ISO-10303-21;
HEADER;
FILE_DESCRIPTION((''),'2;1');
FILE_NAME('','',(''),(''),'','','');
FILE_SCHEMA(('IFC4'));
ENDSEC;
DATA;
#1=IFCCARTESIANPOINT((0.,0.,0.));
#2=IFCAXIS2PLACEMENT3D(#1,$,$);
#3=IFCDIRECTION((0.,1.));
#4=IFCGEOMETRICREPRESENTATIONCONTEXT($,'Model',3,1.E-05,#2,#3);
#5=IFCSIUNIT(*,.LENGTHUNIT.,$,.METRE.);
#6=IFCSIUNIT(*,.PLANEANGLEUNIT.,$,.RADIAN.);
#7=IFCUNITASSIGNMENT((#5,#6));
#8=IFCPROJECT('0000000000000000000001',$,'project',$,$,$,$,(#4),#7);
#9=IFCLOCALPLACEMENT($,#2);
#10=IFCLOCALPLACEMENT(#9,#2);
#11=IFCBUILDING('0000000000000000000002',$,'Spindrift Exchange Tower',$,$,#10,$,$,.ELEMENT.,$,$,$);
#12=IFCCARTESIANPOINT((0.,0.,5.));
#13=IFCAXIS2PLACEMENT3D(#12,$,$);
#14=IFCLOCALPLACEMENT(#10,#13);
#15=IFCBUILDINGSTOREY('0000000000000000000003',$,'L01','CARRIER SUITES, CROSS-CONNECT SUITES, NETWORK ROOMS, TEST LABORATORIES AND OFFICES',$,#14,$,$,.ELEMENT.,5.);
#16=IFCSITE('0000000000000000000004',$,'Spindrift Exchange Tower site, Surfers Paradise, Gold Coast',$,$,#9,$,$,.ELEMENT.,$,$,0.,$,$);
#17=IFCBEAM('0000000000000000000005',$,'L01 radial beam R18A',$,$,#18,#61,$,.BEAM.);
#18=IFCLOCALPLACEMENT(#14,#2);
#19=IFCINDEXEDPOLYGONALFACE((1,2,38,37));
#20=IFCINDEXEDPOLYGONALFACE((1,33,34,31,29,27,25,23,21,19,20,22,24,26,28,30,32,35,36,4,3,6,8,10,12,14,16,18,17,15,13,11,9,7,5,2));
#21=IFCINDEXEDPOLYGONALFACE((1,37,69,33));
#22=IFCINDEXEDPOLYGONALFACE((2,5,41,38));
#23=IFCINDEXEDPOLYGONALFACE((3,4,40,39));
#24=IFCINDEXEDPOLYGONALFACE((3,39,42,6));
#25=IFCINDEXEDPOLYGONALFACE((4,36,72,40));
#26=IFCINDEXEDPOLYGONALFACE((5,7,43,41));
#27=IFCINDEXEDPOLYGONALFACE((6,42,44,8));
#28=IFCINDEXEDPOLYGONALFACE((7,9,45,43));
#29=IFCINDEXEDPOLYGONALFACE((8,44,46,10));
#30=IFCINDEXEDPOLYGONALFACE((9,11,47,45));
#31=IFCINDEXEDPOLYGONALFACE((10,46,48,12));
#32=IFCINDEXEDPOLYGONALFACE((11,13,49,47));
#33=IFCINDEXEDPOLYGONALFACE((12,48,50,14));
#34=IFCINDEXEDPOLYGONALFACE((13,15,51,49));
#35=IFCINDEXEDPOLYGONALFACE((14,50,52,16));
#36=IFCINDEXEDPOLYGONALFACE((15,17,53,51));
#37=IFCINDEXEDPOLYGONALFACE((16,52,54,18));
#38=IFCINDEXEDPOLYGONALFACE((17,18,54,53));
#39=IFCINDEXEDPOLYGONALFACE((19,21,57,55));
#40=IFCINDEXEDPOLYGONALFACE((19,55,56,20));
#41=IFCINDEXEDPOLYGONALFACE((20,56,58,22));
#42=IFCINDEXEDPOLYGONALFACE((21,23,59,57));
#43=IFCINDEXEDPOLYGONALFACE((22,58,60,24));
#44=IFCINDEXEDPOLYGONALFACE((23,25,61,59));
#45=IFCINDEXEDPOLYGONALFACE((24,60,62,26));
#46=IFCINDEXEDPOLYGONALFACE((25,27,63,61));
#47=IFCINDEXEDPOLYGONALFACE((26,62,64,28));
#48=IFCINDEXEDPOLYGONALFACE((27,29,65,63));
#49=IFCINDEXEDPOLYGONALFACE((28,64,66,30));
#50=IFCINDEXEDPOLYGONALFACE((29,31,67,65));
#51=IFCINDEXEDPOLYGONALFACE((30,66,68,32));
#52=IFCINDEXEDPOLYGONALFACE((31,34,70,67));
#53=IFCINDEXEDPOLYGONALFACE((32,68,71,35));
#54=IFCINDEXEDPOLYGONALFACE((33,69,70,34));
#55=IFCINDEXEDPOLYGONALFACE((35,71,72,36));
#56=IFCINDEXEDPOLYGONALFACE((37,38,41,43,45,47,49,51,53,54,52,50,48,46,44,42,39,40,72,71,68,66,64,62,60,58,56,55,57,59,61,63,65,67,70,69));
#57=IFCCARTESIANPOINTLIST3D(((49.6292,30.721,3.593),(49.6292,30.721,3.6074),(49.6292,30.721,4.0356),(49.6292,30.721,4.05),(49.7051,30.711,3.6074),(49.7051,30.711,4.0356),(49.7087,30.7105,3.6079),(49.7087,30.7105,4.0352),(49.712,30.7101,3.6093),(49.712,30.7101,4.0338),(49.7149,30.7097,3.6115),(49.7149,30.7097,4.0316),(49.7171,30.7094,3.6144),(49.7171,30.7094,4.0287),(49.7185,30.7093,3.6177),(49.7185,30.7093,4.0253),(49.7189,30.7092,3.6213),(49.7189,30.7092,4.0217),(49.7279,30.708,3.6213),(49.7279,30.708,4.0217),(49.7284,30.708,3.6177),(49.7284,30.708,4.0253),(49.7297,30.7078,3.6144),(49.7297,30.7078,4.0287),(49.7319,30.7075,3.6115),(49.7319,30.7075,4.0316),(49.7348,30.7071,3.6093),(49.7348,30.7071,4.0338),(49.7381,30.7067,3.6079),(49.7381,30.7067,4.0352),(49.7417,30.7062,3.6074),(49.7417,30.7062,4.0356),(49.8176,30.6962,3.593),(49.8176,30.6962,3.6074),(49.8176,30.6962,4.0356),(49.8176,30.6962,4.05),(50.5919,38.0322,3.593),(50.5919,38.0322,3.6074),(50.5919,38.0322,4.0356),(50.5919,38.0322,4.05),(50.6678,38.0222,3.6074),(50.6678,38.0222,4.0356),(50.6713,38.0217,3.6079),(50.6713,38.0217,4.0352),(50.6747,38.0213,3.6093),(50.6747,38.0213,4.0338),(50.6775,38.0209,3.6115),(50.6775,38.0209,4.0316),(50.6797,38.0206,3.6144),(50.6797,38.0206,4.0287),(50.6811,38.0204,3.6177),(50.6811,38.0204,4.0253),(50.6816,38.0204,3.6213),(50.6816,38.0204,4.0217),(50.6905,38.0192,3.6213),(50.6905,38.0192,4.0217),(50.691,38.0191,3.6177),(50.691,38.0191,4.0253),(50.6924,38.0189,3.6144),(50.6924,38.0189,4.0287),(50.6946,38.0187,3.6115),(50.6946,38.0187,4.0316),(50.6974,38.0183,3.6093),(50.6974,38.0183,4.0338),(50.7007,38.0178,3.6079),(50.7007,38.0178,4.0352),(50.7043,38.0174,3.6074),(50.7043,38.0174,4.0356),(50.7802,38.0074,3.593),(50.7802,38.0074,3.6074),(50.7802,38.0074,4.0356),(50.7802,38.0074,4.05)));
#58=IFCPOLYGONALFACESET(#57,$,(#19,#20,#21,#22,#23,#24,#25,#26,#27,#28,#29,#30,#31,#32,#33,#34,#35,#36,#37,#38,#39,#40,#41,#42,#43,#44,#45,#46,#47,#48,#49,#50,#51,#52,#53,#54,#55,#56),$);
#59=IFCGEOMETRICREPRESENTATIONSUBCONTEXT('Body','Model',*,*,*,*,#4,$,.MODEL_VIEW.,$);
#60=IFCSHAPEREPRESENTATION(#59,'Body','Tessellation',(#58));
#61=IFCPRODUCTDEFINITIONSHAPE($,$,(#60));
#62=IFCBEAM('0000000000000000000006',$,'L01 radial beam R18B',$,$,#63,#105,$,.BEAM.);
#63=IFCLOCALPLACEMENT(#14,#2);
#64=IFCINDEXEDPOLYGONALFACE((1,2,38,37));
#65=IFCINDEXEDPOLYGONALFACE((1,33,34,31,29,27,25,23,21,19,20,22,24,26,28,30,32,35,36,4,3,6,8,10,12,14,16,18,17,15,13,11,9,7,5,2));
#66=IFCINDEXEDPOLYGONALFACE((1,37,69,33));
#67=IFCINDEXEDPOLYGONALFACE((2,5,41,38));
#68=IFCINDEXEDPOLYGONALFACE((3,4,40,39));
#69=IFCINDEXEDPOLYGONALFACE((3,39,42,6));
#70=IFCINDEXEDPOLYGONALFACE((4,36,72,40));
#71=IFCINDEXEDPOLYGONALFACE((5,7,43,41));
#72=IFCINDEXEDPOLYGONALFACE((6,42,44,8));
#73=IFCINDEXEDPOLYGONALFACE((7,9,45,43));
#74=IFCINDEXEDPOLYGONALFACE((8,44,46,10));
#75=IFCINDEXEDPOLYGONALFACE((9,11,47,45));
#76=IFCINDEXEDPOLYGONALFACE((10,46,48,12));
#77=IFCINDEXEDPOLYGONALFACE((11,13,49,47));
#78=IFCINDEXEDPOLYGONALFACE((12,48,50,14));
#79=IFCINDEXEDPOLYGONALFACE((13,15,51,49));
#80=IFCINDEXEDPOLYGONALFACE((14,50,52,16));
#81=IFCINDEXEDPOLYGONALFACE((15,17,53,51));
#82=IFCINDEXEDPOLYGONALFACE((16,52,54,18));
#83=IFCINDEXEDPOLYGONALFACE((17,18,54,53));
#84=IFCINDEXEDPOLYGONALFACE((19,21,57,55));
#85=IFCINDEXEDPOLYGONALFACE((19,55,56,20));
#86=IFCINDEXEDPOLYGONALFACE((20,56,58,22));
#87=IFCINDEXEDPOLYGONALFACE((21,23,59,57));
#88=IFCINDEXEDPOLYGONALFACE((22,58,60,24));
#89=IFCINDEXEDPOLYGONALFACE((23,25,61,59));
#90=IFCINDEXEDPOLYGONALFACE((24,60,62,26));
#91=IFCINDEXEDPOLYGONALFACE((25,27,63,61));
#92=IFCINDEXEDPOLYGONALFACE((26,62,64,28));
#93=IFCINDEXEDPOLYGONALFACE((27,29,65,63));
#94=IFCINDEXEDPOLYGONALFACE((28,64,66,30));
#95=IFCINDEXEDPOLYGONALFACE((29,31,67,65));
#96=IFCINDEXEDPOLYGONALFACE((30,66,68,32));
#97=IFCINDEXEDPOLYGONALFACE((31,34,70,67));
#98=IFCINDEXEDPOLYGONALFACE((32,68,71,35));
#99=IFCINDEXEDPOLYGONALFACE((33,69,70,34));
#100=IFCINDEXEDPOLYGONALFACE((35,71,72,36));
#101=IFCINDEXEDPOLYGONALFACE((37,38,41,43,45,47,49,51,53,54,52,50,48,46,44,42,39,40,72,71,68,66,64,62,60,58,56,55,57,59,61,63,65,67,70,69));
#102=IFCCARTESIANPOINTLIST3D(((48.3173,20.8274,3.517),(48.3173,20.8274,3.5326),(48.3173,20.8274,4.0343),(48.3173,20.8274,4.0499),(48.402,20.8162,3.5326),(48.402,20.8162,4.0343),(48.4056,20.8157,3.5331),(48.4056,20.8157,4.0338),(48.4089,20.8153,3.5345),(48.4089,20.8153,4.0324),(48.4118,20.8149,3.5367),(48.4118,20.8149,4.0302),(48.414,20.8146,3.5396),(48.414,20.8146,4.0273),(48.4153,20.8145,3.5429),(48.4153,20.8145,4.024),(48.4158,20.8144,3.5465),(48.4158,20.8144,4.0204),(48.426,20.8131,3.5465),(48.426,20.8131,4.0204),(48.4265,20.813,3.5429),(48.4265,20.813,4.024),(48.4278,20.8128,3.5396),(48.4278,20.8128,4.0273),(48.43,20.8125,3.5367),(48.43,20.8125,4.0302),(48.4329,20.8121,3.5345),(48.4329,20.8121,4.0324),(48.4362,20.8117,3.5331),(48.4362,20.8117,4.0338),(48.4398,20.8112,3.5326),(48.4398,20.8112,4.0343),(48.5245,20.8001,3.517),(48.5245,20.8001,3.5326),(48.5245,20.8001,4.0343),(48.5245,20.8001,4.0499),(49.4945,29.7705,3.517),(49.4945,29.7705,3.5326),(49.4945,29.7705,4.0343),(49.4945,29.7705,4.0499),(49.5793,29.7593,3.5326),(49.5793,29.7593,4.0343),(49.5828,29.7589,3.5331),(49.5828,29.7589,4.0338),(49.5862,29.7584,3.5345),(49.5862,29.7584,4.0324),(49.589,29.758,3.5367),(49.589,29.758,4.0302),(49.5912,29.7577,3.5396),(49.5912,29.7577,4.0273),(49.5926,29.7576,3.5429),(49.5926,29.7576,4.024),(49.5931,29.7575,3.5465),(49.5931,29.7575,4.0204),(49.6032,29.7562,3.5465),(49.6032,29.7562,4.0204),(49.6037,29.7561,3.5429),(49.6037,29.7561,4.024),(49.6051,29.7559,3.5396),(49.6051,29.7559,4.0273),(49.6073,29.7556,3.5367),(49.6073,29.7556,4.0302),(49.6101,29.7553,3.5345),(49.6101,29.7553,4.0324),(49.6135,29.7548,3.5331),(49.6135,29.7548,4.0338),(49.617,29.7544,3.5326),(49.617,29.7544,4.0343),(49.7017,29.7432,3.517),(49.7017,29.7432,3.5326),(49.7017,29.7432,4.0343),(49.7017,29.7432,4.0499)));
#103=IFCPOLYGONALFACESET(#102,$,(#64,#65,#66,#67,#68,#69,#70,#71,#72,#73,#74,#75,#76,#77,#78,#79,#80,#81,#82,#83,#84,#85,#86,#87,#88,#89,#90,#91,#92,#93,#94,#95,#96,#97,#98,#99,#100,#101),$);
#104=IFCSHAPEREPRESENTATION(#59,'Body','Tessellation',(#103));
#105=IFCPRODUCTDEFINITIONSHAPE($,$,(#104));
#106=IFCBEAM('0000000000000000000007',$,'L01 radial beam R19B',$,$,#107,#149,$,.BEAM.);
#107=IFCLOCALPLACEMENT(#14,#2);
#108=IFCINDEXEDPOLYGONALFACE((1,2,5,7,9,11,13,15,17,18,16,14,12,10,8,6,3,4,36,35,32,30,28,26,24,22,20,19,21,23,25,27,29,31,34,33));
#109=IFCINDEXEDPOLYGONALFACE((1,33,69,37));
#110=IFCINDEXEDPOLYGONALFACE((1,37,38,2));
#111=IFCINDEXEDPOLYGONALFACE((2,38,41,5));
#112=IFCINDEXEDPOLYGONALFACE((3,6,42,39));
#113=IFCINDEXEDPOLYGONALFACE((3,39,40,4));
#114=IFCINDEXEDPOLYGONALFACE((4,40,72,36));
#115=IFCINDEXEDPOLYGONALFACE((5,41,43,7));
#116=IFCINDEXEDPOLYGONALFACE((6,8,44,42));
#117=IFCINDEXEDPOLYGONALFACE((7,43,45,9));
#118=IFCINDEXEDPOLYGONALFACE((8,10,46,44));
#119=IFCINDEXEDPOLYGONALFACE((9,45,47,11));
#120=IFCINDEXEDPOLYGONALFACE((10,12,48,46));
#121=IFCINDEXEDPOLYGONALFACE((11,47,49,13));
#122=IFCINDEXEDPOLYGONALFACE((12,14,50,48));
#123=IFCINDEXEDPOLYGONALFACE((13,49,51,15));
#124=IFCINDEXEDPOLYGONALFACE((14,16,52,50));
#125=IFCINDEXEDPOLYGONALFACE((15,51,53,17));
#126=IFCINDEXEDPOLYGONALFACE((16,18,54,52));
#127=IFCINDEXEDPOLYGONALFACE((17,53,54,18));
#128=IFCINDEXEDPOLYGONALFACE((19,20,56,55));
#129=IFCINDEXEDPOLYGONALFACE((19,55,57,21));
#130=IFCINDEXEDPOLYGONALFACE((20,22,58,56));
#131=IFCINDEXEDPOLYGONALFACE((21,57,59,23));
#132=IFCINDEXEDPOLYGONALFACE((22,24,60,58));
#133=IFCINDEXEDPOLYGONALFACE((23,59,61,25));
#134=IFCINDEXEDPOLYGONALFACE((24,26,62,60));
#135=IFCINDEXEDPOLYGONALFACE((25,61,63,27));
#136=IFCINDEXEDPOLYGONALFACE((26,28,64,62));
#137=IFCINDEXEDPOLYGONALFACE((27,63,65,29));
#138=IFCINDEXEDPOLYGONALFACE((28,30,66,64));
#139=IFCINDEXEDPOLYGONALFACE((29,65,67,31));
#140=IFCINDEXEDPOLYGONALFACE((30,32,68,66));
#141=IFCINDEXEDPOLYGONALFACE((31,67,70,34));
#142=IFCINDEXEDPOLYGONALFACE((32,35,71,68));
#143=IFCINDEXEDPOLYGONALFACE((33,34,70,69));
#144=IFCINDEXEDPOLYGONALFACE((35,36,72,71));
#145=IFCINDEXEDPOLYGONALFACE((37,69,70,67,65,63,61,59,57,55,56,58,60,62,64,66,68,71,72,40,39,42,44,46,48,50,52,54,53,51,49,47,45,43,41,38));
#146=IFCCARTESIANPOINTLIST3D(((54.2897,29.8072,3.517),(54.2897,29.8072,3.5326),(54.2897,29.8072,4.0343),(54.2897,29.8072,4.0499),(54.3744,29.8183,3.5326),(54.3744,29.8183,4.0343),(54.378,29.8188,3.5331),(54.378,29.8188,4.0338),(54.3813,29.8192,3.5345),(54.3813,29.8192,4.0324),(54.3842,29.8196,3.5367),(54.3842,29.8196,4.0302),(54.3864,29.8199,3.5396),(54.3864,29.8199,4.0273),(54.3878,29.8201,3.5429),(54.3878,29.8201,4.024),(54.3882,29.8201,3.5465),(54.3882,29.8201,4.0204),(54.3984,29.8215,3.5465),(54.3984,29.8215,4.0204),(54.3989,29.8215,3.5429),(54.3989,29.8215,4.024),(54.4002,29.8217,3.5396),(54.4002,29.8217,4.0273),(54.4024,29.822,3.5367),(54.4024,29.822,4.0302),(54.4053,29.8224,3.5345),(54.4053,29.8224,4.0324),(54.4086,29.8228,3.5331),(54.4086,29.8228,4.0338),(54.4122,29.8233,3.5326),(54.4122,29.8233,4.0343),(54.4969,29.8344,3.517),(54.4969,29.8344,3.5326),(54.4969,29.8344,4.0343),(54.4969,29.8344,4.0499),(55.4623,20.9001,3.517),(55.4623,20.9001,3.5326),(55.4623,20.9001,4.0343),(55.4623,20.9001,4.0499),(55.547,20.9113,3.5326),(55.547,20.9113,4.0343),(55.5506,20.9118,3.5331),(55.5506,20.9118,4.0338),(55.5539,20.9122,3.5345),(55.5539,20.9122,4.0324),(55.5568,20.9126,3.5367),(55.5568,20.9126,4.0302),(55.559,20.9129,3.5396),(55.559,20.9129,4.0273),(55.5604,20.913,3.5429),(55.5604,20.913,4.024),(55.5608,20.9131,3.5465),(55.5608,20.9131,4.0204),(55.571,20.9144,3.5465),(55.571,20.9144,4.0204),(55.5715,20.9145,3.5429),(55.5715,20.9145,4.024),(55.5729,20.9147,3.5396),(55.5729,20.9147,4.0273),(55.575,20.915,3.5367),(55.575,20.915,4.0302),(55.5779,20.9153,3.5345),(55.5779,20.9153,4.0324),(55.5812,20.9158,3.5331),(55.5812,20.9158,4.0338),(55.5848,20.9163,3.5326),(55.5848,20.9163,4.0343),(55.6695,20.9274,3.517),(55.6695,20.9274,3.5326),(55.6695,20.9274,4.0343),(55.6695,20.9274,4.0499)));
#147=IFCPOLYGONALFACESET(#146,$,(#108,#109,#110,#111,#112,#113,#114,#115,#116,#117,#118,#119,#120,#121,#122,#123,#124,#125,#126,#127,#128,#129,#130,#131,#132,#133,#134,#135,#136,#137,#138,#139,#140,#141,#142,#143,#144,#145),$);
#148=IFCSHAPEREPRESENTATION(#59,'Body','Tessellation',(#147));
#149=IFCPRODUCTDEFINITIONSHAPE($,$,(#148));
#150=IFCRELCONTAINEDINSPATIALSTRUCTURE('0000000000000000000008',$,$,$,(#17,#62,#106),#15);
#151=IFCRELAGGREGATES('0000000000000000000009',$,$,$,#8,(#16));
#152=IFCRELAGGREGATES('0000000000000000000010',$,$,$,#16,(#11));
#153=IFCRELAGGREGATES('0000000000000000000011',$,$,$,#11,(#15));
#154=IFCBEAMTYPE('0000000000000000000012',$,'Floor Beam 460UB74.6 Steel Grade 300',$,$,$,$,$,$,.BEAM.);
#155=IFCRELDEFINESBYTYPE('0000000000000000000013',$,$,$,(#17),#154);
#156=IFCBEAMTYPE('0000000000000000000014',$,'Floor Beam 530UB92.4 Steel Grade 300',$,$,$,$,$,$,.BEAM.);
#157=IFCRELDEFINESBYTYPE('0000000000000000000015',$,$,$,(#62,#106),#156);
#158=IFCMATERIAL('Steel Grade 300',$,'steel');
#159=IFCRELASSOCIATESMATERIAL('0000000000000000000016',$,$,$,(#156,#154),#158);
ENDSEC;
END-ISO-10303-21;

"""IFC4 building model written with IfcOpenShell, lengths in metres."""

from ifc_helpers import new_model, si_unit, direction, frame, origin, origin_2d, place, context, subcontext, project, spatial, i_section, extrude, source, transform, mapped, material, material_profile, profile_set, type_object, element, save


model = new_model("IFC4")

# Units and contexts
model_context = context("Model", 3, precision=1e-05, world=origin(), true_north=direction((0.0, 1.0)))
body_context = subcontext(model_context, "Body", "Model", "MODEL_VIEW")
ifc_project = project(units=[si_unit("LENGTHUNIT", "METRE"), si_unit("PLANEANGLEUNIT", "RADIAN")], contexts=[model_context])

# Site, building, storey
site_placement = place(None, origin())
site = spatial("IfcSite", under=ifc_project, at=site_placement, Name="Spindrift Exchange Tower site, Surfers Paradise, Gold Coast", CompositionType="ELEMENT", RefElevation=0.0)
building_placement = place(site_placement, origin())
building = spatial("IfcBuilding", under=site, at=building_placement, Name="Spindrift Exchange Tower", CompositionType="ELEMENT")
storey_placement = place(building_placement, frame((0.0, 0.0, 5.0)))
storey = spatial("IfcBuildingStorey", under=building, at=storey_placement, Name="L01", Description="CARRIER SUITES, CROSS-CONNECT SUITES, NETWORK ROOMS, TEST LABORATORIES AND OFFICES", CompositionType="ELEMENT", Elevation=5.0)

# Beams
ifc_material_1 = material(Name="Steel Grade 300", Category="steel")
ifc_material_profile_1 = material_profile(ifc_material_1, i_section(OverallWidth=0.209, OverallDepth=0.533, WebThickness=0.0103, FlangeThickness=0.0156, FilletRadius=0.0139, at=origin_2d()), Name="530UB92.4")
ifc_profile_set_1 = profile_set([ifc_material_profile_1], Name="Steel Grade 300")
beam_type_1 = type_object("IfcBeamType", Name="Floor Beam 530UB92.4 Steel Grade 300", PredefinedType="BEAM", material=ifc_profile_set_1)
ifc_material_profile_2 = material_profile(ifc_material_1, i_section(OverallWidth=0.1899, OverallDepth=0.457, WebThickness=0.009, FlangeThickness=0.0144, FilletRadius=0.0139, at=origin_2d()), Name="460UB74.6")
ifc_profile_set_2 = profile_set([ifc_material_profile_2], Name="Steel Grade 300")
beam_type_2 = type_object("IfcBeamType", Name="Floor Beam 460UB74.6 Steel Grade 300", PredefinedType="BEAM", material=ifc_profile_set_2)
shared_shape_1 = source(origin(), body_context, "Body", "SweptSolid", [
    extrude(i_section(OverallWidth=0.1899, OverallDepth=0.457, WebThickness=0.009, FlangeThickness=0.0144, FilletRadius=0.0139, at=origin_2d()), origin(), (0.0, 0.0, 1.0), 7.3743),
])
beam_1_placement = place(storey_placement, frame((50.686, 38.0198, 3.8215), z_axis=(-0.130539, -0.991443, 0.0), x_axis=(0.991443, -0.130539, 0.0)))
element("IfcBeam", 1, at=beam_1_placement, inside=storey, type_object=beam_type_2, Name="L01 radial beam R18A", PredefinedType="BEAM", context=body_context, shape_type="MappedRepresentation", body=[
    mapped(shared_shape_1, transform((0.0, 0.0, 0.0), scale=1.0)),
])
shared_shape_2 = source(origin(), body_context, "Body", "SweptSolid", [
    extrude(i_section(OverallWidth=0.209, OverallDepth=0.533, WebThickness=0.0103, FlangeThickness=0.0156, FilletRadius=0.0139, at=origin_2d()), origin(), (0.0, 0.0, 1.0), 9.0203),
])
beam_2_placement = place(storey_placement, frame((49.5981, 29.7568, 3.7834), z_axis=(-0.130511, -0.991447, 0.0), x_axis=(0.991447, -0.130511, 0.0)))
element("IfcBeam", 2, at=beam_2_placement, inside=storey, type_object=beam_type_1, Name="L01 radial beam R18B", PredefinedType="BEAM", context=body_context, shape_type="MappedRepresentation", body=[
    mapped(shared_shape_2, transform((0.0, 0.0, 0.0), scale=1.0)),
])
shared_shape_3 = source(origin(), body_context, "Body", "SweptSolid", [
    extrude(i_section(OverallWidth=0.209, OverallDepth=0.533, WebThickness=0.0103, FlangeThickness=0.0156, FilletRadius=0.0139, at=origin_2d()), origin(), (0.0, 0.0, 1.0), 8.9839),
])
beam_3_placement = place(storey_placement, frame((54.3933, 29.8208, 3.7834), z_axis=(0.130524, -0.991445, 0.0), x_axis=(0.991445, 0.130524, 0.0)))
element("IfcBeam", 3, at=beam_3_placement, inside=storey, type_object=beam_type_1, Name="L01 radial beam R19B", PredefinedType="BEAM", context=body_context, shape_type="MappedRepresentation", body=[
    mapped(shared_shape_3, transform((0.0, 0.0, 0.0), scale=1.0)),
])

save(model, "model.ifc")
